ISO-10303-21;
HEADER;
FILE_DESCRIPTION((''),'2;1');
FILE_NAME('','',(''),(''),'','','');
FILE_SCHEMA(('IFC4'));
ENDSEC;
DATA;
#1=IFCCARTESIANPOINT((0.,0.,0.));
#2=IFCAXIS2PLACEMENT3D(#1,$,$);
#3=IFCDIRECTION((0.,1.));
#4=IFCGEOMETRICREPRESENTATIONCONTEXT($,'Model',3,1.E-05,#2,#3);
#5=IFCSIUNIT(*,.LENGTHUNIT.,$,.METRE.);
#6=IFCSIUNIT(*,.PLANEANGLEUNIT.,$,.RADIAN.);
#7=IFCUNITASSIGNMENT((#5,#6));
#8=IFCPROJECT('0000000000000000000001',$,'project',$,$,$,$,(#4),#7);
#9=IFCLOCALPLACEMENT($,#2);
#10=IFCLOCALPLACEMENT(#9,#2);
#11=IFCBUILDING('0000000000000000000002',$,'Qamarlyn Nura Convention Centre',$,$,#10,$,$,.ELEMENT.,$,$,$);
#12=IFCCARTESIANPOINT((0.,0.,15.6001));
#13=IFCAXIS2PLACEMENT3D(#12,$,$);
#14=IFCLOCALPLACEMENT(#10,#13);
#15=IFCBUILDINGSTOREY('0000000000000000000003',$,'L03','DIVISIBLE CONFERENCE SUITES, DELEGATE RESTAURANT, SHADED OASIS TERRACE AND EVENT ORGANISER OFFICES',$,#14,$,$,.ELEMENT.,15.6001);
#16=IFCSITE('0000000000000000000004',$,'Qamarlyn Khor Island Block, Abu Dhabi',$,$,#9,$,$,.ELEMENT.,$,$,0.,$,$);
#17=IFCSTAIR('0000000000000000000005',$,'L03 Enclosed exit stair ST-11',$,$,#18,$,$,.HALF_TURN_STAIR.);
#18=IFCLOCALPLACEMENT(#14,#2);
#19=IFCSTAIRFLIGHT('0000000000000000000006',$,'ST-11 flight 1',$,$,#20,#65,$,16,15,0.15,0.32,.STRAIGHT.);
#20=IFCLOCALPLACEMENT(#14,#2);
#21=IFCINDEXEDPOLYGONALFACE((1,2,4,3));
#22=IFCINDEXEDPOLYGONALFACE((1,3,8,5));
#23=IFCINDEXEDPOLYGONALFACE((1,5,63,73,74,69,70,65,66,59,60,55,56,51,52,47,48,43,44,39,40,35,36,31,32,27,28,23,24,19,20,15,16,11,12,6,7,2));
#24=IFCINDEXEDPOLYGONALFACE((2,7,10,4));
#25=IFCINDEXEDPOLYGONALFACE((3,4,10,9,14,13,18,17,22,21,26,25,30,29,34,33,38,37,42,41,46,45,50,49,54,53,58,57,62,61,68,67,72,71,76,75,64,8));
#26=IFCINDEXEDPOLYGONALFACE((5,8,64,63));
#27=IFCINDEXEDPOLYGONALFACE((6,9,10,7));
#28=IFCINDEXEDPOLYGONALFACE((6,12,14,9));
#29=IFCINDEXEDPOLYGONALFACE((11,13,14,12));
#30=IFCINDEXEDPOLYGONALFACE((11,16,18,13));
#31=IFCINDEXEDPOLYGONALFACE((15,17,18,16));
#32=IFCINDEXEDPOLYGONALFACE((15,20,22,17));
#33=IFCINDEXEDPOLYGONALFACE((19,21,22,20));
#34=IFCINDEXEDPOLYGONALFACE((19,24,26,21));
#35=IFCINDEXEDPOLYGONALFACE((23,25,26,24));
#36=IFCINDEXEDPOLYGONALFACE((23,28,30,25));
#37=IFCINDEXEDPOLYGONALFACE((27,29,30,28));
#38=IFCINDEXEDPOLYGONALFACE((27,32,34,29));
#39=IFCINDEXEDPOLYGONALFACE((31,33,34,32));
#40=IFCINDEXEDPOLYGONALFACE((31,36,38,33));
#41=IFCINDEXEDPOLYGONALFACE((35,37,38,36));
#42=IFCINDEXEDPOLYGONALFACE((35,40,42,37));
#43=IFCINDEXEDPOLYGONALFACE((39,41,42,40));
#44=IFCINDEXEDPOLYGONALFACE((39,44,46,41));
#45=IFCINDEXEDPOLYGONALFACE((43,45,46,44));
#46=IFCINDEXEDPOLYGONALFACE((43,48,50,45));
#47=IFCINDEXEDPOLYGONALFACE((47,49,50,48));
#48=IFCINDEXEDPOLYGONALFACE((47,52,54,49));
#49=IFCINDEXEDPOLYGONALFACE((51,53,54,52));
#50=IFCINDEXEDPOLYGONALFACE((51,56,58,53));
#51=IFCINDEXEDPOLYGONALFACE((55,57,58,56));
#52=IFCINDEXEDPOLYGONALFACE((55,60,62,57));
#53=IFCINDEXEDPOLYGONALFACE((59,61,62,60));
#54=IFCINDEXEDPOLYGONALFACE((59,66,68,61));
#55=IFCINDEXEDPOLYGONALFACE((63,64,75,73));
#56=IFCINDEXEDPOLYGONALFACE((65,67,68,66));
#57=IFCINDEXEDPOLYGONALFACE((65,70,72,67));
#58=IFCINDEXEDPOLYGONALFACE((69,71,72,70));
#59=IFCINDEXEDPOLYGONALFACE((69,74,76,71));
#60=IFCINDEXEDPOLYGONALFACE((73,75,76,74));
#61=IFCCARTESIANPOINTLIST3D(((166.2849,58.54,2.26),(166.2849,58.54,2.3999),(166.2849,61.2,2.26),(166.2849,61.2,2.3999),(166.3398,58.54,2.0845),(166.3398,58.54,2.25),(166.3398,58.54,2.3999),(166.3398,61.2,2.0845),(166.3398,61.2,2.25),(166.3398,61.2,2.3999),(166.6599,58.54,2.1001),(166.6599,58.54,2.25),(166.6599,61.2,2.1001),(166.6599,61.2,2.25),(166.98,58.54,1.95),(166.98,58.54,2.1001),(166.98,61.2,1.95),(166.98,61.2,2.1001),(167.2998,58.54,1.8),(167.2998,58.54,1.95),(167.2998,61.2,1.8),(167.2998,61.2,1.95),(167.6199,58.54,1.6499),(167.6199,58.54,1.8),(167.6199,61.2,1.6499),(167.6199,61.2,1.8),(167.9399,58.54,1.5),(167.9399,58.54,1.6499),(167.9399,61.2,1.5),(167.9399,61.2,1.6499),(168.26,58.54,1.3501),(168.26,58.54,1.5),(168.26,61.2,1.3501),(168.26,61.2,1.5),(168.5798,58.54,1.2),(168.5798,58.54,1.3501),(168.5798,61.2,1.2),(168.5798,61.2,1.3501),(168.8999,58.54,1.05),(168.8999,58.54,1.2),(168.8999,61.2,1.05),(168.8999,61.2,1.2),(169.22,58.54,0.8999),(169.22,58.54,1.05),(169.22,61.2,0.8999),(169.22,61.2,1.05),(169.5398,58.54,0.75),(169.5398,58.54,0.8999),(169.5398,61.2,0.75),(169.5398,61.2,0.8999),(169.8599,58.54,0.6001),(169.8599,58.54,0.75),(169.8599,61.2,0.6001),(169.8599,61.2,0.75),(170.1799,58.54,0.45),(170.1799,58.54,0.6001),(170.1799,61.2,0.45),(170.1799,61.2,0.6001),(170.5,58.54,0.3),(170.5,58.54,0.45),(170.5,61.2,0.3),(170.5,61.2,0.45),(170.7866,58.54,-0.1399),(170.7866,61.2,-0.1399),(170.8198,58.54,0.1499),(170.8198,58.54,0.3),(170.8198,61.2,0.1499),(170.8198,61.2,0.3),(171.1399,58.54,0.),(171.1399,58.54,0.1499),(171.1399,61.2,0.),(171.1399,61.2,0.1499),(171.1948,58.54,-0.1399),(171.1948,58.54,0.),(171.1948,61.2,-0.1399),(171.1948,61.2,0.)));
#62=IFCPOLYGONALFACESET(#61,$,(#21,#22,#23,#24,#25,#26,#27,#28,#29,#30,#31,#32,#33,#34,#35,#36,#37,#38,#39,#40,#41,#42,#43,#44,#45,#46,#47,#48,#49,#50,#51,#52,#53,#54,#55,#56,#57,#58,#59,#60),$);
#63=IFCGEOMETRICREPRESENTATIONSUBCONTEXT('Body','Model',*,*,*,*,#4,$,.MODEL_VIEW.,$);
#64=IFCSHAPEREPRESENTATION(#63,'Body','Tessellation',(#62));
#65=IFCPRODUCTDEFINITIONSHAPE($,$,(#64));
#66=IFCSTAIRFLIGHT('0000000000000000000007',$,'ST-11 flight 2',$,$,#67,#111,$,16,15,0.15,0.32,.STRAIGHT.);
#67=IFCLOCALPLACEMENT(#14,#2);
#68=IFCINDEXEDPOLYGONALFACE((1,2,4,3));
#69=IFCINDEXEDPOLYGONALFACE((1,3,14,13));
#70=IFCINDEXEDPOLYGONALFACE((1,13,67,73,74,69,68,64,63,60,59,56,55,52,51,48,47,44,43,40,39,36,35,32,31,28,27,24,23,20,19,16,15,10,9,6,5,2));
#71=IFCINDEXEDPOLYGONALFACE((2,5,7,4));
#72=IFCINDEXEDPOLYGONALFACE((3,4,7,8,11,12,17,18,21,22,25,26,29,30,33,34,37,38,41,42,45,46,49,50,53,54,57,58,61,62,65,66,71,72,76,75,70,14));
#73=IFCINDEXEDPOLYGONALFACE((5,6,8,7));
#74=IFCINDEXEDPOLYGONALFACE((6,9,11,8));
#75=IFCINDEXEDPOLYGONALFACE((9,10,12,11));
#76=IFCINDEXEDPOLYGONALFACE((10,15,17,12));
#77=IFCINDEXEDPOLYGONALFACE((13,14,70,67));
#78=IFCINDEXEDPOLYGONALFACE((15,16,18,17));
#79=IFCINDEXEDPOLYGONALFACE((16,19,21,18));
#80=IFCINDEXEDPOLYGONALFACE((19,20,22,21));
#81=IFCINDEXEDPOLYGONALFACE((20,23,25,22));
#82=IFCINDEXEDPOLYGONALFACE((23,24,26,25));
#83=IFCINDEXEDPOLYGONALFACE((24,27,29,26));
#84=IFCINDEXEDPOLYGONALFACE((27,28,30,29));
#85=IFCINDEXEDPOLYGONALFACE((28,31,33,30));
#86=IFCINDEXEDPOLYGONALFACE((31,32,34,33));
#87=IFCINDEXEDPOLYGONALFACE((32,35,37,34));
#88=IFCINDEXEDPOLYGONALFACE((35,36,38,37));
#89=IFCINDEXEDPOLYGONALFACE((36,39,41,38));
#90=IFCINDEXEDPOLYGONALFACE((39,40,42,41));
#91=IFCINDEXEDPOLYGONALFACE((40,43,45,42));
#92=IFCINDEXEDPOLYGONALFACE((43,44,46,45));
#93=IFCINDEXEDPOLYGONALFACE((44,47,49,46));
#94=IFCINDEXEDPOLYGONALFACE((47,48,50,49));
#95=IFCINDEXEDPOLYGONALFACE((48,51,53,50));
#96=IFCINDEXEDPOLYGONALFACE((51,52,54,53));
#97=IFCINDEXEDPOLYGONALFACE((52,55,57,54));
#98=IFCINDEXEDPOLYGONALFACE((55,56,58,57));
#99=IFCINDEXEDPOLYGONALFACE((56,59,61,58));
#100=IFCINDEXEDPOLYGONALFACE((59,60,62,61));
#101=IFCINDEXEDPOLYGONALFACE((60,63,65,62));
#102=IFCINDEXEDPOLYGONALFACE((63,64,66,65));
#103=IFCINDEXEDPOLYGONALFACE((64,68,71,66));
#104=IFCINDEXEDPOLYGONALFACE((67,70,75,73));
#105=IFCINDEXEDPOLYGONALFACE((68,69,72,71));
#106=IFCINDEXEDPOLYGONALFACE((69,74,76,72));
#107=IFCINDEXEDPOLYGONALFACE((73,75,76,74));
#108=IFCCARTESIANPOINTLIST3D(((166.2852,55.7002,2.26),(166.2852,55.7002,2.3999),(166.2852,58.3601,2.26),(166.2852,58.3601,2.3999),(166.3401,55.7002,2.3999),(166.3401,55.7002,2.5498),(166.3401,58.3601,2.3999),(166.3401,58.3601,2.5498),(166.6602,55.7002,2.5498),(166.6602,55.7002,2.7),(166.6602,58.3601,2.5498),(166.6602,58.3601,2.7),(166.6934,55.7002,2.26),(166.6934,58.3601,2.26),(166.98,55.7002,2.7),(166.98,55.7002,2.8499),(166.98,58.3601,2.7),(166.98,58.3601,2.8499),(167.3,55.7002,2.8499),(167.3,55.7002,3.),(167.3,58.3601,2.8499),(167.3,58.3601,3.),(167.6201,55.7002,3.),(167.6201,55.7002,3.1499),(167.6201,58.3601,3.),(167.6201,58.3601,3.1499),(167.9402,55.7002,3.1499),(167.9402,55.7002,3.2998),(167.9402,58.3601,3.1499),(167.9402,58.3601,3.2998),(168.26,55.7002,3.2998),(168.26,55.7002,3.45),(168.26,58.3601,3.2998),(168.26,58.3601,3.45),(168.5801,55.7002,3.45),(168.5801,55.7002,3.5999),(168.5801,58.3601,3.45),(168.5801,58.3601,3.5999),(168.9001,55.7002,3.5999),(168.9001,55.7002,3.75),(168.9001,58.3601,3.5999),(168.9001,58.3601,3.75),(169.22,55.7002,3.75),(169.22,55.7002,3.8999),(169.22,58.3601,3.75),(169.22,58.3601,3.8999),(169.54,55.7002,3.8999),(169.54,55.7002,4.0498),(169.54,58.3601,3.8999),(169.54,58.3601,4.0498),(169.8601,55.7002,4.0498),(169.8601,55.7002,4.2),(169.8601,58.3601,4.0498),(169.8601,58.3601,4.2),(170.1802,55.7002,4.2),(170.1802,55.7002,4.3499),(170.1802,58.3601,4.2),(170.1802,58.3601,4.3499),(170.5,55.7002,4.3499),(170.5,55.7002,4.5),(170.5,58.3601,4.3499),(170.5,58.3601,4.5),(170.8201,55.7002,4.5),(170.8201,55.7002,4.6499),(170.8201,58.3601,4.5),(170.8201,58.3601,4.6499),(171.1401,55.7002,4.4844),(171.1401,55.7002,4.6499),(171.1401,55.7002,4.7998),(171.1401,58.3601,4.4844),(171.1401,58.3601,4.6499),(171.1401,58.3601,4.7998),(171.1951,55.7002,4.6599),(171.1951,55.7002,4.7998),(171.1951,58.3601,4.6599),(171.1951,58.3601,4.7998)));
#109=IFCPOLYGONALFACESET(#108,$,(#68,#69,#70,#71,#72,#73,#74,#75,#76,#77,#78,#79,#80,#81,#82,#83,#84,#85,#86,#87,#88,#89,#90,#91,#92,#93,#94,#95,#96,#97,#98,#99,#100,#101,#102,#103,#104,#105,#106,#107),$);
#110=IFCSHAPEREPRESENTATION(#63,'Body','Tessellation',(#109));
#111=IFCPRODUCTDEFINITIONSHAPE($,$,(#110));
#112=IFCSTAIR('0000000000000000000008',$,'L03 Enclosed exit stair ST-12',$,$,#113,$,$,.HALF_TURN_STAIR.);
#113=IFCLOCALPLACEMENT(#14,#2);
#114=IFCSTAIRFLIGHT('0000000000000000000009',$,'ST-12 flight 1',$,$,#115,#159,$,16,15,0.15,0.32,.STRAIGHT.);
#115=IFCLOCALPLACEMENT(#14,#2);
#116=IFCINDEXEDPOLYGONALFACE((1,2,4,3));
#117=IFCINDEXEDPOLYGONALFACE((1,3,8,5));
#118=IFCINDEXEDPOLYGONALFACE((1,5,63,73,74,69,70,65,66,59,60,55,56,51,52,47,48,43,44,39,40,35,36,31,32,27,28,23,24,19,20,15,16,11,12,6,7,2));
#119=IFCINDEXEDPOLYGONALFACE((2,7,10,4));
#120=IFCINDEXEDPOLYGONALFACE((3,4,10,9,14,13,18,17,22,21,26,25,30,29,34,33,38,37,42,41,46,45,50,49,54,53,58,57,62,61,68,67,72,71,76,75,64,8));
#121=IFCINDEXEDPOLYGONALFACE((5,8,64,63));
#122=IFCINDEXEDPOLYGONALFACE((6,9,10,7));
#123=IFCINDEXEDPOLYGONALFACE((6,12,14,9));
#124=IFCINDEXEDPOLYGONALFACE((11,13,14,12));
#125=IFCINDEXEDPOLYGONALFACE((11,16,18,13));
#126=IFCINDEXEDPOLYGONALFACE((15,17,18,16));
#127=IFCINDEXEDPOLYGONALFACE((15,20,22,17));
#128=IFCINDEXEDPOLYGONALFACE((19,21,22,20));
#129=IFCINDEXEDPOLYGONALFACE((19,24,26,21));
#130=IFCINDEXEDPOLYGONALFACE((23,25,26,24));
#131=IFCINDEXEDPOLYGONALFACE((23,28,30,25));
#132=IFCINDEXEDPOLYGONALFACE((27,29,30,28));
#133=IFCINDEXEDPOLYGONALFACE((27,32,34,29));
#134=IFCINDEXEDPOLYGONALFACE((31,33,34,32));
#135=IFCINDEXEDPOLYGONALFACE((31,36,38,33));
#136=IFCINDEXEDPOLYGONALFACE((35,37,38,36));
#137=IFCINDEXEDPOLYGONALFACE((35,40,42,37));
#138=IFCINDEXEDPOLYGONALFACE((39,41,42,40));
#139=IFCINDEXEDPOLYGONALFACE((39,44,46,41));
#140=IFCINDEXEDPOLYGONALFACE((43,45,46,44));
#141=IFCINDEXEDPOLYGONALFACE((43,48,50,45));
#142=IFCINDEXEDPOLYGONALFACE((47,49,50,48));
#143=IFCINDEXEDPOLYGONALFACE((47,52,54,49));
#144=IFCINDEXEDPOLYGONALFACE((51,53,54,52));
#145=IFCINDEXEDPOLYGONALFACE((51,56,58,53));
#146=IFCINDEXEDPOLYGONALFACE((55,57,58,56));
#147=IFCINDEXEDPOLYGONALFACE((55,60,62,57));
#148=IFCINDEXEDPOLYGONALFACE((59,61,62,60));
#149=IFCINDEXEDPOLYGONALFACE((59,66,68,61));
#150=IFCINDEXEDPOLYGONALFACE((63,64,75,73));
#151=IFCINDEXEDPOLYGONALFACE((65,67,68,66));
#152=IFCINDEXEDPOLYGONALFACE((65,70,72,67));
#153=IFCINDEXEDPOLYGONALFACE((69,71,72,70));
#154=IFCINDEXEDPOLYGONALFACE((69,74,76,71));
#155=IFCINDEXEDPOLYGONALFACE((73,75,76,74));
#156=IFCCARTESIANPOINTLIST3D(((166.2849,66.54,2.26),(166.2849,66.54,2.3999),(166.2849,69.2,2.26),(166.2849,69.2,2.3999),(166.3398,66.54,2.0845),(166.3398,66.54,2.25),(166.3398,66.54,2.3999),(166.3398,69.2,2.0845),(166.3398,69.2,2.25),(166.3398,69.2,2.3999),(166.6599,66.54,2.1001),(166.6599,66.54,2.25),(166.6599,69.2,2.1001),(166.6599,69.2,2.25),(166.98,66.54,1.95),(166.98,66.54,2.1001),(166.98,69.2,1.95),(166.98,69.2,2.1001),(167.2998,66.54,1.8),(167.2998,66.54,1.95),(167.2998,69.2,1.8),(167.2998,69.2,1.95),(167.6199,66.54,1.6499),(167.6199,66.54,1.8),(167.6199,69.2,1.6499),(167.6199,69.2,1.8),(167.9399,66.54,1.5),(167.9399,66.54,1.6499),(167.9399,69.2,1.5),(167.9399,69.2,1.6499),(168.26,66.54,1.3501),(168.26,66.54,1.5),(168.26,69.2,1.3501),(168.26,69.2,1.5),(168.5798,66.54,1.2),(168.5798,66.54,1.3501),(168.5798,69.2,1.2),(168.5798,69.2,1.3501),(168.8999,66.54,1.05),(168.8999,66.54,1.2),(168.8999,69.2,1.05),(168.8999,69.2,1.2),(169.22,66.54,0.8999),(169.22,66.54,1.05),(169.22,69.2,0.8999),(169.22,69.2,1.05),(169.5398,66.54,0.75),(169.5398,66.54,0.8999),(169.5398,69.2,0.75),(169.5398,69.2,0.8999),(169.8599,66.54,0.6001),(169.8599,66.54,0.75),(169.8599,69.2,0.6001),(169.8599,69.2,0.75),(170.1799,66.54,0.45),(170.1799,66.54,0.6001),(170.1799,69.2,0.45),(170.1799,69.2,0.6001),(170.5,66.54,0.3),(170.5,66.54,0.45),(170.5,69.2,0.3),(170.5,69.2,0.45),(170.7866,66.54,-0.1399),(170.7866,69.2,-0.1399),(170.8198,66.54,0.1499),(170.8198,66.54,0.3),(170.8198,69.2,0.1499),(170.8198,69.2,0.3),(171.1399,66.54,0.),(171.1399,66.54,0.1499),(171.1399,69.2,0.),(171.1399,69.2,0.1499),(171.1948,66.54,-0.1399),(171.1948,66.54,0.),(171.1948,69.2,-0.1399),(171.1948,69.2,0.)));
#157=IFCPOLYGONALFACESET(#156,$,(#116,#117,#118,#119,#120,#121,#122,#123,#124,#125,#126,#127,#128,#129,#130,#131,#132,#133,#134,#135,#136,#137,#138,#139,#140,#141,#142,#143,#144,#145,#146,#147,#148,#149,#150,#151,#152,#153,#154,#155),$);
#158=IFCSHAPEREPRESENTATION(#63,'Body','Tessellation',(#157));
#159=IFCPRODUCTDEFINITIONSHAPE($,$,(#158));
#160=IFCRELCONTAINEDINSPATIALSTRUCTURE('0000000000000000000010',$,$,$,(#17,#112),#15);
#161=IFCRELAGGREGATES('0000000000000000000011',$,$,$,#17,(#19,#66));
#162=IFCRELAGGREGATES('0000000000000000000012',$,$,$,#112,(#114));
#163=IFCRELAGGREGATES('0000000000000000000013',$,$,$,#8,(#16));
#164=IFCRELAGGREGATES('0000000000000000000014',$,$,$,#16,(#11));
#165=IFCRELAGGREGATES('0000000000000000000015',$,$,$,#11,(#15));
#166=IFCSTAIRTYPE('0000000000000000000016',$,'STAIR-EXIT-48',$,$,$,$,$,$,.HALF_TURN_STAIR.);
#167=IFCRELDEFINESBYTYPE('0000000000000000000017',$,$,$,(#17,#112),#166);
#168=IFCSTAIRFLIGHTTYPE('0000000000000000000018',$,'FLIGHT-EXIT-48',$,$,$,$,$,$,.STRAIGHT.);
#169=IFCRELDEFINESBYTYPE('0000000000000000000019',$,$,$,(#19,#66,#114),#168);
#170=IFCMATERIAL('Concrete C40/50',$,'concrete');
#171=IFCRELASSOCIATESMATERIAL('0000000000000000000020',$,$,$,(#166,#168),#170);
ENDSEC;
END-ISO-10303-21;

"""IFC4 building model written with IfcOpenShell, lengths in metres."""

from ifc_helpers import new_model, si_unit, direction, frame, origin, place, context, subcontext, project, spatial, polyline, outline, extrude, material, type_object, element, aggregate, save


model = new_model("IFC4")

# Units and contexts
model_context = context("Model", 3, precision=1e-05, world=origin(), true_north=direction((0.0, 1.0)))
body_context = subcontext(model_context, "Body", "Model", "MODEL_VIEW")
ifc_project = project(units=[si_unit("LENGTHUNIT", "METRE"), si_unit("PLANEANGLEUNIT", "RADIAN")], contexts=[model_context])

# Site, building, storey
site_placement = place(None, origin())
site = spatial("IfcSite", under=ifc_project, at=site_placement, Name="Qamarlyn Khor Island Block, Abu Dhabi", CompositionType="ELEMENT", RefElevation=0.0)
building_placement = place(site_placement, origin())
building = spatial("IfcBuilding", under=site, at=building_placement, Name="Qamarlyn Nura Convention Centre", CompositionType="ELEMENT")
storey_placement = place(building_placement, frame((0.0, 0.0, 15.6001)))
storey = spatial("IfcBuildingStorey", under=building, at=storey_placement, Name="L03", Description="DIVISIBLE CONFERENCE SUITES, DELEGATE RESTAURANT, SHADED OASIS TERRACE AND EVENT ORGANISER OFFICES", CompositionType="ELEMENT", Elevation=15.6001)

# Stairs, stair flights
ifc_material_1 = material(Name="Concrete C40/50", Category="concrete")
stair_type = type_object("IfcStairType", Name="STAIR-EXIT-48", PredefinedType="HALF_TURN_STAIR", material=ifc_material_1)
stair_1_placement = place(storey_placement, origin())
stair_1 = element("IfcStair", 1, at=stair_1_placement, inside=storey, type_object=stair_type, Name="L03 Enclosed exit stair ST-11", PredefinedType="HALF_TURN_STAIR")
stair_flight_type = type_object("IfcStairFlightType", Name="FLIGHT-EXIT-48", PredefinedType="STRAIGHT", material=ifc_material_1)
stair_flight_1_placement = place(storey_placement, frame((171.1399, 59.8701, 0.0), z_axis=(0.0, 0.0, 1.0), x_axis=(-1.0, 0.0, 0.0)))
stair_flight_1 = element("IfcStairFlight", 2, at=stair_flight_1_placement, type_object=stair_flight_type, Name="ST-11 flight 1", NumberOfRisers=16, NumberOfTreads=15, PredefinedType="STRAIGHT", RiserHeight=0.15, TreadLength=0.32, context=body_context, shape_type="SweptSolid", body=[
    extrude(outline(polyline([(-0.0549, 0.0), (0.0, 0.0), (0.0, 0.1499), (0.3201, 0.1499), (0.3201, 0.3), (0.6399, 0.3), (0.6399, 0.45), (0.96, 0.45), (0.96, 0.6001), (1.28, 0.6001), (1.28, 0.75), (1.6001, 0.75), (1.6001, 0.8999), (1.9199, 0.8999), (1.9199, 1.05), (2.24, 1.05), (2.24, 1.2), (2.5601, 1.2), (2.5601, 1.3501), (2.8799, 1.3501), (2.8799, 1.5), (3.2, 1.5), (3.2, 1.6499), (3.52, 1.6499), (3.52, 1.8), (3.8401, 1.8), (3.8401, 1.95), (4.1599, 1.95), (4.1599, 2.1001), (4.48, 2.1001), (4.48, 2.25), (4.8, 2.25), (4.8, 2.3999), (4.855, 2.3999), (4.855, 2.26), (4.8, 2.0845), (0.3533, -0.1399), (-0.0549, -0.1399), (-0.0549, 0.0)])), frame((0.0, 1.3301, 0.0), z_axis=(0.0, -1.0, 0.0), x_axis=(1.0, 0.0, 0.0)), (0.0, 0.0, 1.0), 2.6599),
])
stair_flight_2_placement = place(storey_placement, frame((166.3401, 57.03, 2.3999), z_axis=(0.0, 0.0, 1.0), x_axis=(1.0, 0.0, 0.0)))
stair_flight_2 = element("IfcStairFlight", 3, at=stair_flight_2_placement, type_object=stair_flight_type, Name="ST-11 flight 2", NumberOfRisers=16, NumberOfTreads=15, PredefinedType="STRAIGHT", RiserHeight=0.15, TreadLength=0.32, context=body_context, shape_type="SweptSolid", body=[
    extrude(outline(polyline([(-0.0549, 0.0), (0.0, 0.0), (0.0, 0.1499), (0.3201, 0.1499), (0.3201, 0.3), (0.6399, 0.3), (0.6399, 0.45), (0.96, 0.45), (0.96, 0.6001), (1.28, 0.6001), (1.28, 0.75), (1.6001, 0.75), (1.6001, 0.8999), (1.9199, 0.8999), (1.9199, 1.05), (2.24, 1.05), (2.24, 1.2), (2.5601, 1.2), (2.5601, 1.3501), (2.8799, 1.3501), (2.8799, 1.5), (3.2, 1.5), (3.2, 1.6499), (3.52, 1.6499), (3.52, 1.8), (3.8401, 1.8), (3.8401, 1.95), (4.1599, 1.95), (4.1599, 2.1001), (4.48, 2.1001), (4.48, 2.25), (4.8, 2.25), (4.8, 2.3999), (4.855, 2.3999), (4.855, 2.26), (4.8, 2.0845), (0.3533, -0.1399), (-0.0549, -0.1399), (-0.0549, 0.0)])), frame((0.0, 1.3301, 0.0), z_axis=(0.0, -1.0, 0.0), x_axis=(1.0, 0.0, 0.0)), (0.0, 0.0, 1.0), 2.6599),
])
aggregate(stair_1, [stair_flight_1, stair_flight_2])
stair_2_placement = place(storey_placement, origin())
stair_2 = element("IfcStair", 4, at=stair_2_placement, inside=storey, type_object=stair_type, Name="L03 Enclosed exit stair ST-12", PredefinedType="HALF_TURN_STAIR")
stair_flight_3_placement = place(storey_placement, frame((171.1399, 67.8701, 0.0), z_axis=(0.0, 0.0, 1.0), x_axis=(-1.0, 0.0, 0.0)))
stair_flight_3 = element("IfcStairFlight", 5, at=stair_flight_3_placement, type_object=stair_flight_type, Name="ST-12 flight 1", NumberOfRisers=16, NumberOfTreads=15, PredefinedType="STRAIGHT", RiserHeight=0.15, TreadLength=0.32, context=body_context, shape_type="SweptSolid", body=[
    extrude(outline(polyline([(-0.0549, 0.0), (0.0, 0.0), (0.0, 0.1499), (0.3201, 0.1499), (0.3201, 0.3), (0.6399, 0.3), (0.6399, 0.45), (0.96, 0.45), (0.96, 0.6001), (1.28, 0.6001), (1.28, 0.75), (1.6001, 0.75), (1.6001, 0.8999), (1.9199, 0.8999), (1.9199, 1.05), (2.24, 1.05), (2.24, 1.2), (2.5601, 1.2), (2.5601, 1.3501), (2.8799, 1.3501), (2.8799, 1.5), (3.2, 1.5), (3.2, 1.6499), (3.52, 1.6499), (3.52, 1.8), (3.8401, 1.8), (3.8401, 1.95), (4.1599, 1.95), (4.1599, 2.1001), (4.48, 2.1001), (4.48, 2.25), (4.8, 2.25), (4.8, 2.3999), (4.855, 2.3999), (4.855, 2.26), (4.8, 2.0845), (0.3533, -0.1399), (-0.0549, -0.1399), (-0.0549, 0.0)])), frame((0.0, 1.3301, 0.0), z_axis=(0.0, -1.0, 0.0), x_axis=(1.0, 0.0, 0.0)), (0.0, 0.0, 1.0), 2.6599),
])
aggregate(stair_2, [stair_flight_3])

save(model, "model.ifc")
